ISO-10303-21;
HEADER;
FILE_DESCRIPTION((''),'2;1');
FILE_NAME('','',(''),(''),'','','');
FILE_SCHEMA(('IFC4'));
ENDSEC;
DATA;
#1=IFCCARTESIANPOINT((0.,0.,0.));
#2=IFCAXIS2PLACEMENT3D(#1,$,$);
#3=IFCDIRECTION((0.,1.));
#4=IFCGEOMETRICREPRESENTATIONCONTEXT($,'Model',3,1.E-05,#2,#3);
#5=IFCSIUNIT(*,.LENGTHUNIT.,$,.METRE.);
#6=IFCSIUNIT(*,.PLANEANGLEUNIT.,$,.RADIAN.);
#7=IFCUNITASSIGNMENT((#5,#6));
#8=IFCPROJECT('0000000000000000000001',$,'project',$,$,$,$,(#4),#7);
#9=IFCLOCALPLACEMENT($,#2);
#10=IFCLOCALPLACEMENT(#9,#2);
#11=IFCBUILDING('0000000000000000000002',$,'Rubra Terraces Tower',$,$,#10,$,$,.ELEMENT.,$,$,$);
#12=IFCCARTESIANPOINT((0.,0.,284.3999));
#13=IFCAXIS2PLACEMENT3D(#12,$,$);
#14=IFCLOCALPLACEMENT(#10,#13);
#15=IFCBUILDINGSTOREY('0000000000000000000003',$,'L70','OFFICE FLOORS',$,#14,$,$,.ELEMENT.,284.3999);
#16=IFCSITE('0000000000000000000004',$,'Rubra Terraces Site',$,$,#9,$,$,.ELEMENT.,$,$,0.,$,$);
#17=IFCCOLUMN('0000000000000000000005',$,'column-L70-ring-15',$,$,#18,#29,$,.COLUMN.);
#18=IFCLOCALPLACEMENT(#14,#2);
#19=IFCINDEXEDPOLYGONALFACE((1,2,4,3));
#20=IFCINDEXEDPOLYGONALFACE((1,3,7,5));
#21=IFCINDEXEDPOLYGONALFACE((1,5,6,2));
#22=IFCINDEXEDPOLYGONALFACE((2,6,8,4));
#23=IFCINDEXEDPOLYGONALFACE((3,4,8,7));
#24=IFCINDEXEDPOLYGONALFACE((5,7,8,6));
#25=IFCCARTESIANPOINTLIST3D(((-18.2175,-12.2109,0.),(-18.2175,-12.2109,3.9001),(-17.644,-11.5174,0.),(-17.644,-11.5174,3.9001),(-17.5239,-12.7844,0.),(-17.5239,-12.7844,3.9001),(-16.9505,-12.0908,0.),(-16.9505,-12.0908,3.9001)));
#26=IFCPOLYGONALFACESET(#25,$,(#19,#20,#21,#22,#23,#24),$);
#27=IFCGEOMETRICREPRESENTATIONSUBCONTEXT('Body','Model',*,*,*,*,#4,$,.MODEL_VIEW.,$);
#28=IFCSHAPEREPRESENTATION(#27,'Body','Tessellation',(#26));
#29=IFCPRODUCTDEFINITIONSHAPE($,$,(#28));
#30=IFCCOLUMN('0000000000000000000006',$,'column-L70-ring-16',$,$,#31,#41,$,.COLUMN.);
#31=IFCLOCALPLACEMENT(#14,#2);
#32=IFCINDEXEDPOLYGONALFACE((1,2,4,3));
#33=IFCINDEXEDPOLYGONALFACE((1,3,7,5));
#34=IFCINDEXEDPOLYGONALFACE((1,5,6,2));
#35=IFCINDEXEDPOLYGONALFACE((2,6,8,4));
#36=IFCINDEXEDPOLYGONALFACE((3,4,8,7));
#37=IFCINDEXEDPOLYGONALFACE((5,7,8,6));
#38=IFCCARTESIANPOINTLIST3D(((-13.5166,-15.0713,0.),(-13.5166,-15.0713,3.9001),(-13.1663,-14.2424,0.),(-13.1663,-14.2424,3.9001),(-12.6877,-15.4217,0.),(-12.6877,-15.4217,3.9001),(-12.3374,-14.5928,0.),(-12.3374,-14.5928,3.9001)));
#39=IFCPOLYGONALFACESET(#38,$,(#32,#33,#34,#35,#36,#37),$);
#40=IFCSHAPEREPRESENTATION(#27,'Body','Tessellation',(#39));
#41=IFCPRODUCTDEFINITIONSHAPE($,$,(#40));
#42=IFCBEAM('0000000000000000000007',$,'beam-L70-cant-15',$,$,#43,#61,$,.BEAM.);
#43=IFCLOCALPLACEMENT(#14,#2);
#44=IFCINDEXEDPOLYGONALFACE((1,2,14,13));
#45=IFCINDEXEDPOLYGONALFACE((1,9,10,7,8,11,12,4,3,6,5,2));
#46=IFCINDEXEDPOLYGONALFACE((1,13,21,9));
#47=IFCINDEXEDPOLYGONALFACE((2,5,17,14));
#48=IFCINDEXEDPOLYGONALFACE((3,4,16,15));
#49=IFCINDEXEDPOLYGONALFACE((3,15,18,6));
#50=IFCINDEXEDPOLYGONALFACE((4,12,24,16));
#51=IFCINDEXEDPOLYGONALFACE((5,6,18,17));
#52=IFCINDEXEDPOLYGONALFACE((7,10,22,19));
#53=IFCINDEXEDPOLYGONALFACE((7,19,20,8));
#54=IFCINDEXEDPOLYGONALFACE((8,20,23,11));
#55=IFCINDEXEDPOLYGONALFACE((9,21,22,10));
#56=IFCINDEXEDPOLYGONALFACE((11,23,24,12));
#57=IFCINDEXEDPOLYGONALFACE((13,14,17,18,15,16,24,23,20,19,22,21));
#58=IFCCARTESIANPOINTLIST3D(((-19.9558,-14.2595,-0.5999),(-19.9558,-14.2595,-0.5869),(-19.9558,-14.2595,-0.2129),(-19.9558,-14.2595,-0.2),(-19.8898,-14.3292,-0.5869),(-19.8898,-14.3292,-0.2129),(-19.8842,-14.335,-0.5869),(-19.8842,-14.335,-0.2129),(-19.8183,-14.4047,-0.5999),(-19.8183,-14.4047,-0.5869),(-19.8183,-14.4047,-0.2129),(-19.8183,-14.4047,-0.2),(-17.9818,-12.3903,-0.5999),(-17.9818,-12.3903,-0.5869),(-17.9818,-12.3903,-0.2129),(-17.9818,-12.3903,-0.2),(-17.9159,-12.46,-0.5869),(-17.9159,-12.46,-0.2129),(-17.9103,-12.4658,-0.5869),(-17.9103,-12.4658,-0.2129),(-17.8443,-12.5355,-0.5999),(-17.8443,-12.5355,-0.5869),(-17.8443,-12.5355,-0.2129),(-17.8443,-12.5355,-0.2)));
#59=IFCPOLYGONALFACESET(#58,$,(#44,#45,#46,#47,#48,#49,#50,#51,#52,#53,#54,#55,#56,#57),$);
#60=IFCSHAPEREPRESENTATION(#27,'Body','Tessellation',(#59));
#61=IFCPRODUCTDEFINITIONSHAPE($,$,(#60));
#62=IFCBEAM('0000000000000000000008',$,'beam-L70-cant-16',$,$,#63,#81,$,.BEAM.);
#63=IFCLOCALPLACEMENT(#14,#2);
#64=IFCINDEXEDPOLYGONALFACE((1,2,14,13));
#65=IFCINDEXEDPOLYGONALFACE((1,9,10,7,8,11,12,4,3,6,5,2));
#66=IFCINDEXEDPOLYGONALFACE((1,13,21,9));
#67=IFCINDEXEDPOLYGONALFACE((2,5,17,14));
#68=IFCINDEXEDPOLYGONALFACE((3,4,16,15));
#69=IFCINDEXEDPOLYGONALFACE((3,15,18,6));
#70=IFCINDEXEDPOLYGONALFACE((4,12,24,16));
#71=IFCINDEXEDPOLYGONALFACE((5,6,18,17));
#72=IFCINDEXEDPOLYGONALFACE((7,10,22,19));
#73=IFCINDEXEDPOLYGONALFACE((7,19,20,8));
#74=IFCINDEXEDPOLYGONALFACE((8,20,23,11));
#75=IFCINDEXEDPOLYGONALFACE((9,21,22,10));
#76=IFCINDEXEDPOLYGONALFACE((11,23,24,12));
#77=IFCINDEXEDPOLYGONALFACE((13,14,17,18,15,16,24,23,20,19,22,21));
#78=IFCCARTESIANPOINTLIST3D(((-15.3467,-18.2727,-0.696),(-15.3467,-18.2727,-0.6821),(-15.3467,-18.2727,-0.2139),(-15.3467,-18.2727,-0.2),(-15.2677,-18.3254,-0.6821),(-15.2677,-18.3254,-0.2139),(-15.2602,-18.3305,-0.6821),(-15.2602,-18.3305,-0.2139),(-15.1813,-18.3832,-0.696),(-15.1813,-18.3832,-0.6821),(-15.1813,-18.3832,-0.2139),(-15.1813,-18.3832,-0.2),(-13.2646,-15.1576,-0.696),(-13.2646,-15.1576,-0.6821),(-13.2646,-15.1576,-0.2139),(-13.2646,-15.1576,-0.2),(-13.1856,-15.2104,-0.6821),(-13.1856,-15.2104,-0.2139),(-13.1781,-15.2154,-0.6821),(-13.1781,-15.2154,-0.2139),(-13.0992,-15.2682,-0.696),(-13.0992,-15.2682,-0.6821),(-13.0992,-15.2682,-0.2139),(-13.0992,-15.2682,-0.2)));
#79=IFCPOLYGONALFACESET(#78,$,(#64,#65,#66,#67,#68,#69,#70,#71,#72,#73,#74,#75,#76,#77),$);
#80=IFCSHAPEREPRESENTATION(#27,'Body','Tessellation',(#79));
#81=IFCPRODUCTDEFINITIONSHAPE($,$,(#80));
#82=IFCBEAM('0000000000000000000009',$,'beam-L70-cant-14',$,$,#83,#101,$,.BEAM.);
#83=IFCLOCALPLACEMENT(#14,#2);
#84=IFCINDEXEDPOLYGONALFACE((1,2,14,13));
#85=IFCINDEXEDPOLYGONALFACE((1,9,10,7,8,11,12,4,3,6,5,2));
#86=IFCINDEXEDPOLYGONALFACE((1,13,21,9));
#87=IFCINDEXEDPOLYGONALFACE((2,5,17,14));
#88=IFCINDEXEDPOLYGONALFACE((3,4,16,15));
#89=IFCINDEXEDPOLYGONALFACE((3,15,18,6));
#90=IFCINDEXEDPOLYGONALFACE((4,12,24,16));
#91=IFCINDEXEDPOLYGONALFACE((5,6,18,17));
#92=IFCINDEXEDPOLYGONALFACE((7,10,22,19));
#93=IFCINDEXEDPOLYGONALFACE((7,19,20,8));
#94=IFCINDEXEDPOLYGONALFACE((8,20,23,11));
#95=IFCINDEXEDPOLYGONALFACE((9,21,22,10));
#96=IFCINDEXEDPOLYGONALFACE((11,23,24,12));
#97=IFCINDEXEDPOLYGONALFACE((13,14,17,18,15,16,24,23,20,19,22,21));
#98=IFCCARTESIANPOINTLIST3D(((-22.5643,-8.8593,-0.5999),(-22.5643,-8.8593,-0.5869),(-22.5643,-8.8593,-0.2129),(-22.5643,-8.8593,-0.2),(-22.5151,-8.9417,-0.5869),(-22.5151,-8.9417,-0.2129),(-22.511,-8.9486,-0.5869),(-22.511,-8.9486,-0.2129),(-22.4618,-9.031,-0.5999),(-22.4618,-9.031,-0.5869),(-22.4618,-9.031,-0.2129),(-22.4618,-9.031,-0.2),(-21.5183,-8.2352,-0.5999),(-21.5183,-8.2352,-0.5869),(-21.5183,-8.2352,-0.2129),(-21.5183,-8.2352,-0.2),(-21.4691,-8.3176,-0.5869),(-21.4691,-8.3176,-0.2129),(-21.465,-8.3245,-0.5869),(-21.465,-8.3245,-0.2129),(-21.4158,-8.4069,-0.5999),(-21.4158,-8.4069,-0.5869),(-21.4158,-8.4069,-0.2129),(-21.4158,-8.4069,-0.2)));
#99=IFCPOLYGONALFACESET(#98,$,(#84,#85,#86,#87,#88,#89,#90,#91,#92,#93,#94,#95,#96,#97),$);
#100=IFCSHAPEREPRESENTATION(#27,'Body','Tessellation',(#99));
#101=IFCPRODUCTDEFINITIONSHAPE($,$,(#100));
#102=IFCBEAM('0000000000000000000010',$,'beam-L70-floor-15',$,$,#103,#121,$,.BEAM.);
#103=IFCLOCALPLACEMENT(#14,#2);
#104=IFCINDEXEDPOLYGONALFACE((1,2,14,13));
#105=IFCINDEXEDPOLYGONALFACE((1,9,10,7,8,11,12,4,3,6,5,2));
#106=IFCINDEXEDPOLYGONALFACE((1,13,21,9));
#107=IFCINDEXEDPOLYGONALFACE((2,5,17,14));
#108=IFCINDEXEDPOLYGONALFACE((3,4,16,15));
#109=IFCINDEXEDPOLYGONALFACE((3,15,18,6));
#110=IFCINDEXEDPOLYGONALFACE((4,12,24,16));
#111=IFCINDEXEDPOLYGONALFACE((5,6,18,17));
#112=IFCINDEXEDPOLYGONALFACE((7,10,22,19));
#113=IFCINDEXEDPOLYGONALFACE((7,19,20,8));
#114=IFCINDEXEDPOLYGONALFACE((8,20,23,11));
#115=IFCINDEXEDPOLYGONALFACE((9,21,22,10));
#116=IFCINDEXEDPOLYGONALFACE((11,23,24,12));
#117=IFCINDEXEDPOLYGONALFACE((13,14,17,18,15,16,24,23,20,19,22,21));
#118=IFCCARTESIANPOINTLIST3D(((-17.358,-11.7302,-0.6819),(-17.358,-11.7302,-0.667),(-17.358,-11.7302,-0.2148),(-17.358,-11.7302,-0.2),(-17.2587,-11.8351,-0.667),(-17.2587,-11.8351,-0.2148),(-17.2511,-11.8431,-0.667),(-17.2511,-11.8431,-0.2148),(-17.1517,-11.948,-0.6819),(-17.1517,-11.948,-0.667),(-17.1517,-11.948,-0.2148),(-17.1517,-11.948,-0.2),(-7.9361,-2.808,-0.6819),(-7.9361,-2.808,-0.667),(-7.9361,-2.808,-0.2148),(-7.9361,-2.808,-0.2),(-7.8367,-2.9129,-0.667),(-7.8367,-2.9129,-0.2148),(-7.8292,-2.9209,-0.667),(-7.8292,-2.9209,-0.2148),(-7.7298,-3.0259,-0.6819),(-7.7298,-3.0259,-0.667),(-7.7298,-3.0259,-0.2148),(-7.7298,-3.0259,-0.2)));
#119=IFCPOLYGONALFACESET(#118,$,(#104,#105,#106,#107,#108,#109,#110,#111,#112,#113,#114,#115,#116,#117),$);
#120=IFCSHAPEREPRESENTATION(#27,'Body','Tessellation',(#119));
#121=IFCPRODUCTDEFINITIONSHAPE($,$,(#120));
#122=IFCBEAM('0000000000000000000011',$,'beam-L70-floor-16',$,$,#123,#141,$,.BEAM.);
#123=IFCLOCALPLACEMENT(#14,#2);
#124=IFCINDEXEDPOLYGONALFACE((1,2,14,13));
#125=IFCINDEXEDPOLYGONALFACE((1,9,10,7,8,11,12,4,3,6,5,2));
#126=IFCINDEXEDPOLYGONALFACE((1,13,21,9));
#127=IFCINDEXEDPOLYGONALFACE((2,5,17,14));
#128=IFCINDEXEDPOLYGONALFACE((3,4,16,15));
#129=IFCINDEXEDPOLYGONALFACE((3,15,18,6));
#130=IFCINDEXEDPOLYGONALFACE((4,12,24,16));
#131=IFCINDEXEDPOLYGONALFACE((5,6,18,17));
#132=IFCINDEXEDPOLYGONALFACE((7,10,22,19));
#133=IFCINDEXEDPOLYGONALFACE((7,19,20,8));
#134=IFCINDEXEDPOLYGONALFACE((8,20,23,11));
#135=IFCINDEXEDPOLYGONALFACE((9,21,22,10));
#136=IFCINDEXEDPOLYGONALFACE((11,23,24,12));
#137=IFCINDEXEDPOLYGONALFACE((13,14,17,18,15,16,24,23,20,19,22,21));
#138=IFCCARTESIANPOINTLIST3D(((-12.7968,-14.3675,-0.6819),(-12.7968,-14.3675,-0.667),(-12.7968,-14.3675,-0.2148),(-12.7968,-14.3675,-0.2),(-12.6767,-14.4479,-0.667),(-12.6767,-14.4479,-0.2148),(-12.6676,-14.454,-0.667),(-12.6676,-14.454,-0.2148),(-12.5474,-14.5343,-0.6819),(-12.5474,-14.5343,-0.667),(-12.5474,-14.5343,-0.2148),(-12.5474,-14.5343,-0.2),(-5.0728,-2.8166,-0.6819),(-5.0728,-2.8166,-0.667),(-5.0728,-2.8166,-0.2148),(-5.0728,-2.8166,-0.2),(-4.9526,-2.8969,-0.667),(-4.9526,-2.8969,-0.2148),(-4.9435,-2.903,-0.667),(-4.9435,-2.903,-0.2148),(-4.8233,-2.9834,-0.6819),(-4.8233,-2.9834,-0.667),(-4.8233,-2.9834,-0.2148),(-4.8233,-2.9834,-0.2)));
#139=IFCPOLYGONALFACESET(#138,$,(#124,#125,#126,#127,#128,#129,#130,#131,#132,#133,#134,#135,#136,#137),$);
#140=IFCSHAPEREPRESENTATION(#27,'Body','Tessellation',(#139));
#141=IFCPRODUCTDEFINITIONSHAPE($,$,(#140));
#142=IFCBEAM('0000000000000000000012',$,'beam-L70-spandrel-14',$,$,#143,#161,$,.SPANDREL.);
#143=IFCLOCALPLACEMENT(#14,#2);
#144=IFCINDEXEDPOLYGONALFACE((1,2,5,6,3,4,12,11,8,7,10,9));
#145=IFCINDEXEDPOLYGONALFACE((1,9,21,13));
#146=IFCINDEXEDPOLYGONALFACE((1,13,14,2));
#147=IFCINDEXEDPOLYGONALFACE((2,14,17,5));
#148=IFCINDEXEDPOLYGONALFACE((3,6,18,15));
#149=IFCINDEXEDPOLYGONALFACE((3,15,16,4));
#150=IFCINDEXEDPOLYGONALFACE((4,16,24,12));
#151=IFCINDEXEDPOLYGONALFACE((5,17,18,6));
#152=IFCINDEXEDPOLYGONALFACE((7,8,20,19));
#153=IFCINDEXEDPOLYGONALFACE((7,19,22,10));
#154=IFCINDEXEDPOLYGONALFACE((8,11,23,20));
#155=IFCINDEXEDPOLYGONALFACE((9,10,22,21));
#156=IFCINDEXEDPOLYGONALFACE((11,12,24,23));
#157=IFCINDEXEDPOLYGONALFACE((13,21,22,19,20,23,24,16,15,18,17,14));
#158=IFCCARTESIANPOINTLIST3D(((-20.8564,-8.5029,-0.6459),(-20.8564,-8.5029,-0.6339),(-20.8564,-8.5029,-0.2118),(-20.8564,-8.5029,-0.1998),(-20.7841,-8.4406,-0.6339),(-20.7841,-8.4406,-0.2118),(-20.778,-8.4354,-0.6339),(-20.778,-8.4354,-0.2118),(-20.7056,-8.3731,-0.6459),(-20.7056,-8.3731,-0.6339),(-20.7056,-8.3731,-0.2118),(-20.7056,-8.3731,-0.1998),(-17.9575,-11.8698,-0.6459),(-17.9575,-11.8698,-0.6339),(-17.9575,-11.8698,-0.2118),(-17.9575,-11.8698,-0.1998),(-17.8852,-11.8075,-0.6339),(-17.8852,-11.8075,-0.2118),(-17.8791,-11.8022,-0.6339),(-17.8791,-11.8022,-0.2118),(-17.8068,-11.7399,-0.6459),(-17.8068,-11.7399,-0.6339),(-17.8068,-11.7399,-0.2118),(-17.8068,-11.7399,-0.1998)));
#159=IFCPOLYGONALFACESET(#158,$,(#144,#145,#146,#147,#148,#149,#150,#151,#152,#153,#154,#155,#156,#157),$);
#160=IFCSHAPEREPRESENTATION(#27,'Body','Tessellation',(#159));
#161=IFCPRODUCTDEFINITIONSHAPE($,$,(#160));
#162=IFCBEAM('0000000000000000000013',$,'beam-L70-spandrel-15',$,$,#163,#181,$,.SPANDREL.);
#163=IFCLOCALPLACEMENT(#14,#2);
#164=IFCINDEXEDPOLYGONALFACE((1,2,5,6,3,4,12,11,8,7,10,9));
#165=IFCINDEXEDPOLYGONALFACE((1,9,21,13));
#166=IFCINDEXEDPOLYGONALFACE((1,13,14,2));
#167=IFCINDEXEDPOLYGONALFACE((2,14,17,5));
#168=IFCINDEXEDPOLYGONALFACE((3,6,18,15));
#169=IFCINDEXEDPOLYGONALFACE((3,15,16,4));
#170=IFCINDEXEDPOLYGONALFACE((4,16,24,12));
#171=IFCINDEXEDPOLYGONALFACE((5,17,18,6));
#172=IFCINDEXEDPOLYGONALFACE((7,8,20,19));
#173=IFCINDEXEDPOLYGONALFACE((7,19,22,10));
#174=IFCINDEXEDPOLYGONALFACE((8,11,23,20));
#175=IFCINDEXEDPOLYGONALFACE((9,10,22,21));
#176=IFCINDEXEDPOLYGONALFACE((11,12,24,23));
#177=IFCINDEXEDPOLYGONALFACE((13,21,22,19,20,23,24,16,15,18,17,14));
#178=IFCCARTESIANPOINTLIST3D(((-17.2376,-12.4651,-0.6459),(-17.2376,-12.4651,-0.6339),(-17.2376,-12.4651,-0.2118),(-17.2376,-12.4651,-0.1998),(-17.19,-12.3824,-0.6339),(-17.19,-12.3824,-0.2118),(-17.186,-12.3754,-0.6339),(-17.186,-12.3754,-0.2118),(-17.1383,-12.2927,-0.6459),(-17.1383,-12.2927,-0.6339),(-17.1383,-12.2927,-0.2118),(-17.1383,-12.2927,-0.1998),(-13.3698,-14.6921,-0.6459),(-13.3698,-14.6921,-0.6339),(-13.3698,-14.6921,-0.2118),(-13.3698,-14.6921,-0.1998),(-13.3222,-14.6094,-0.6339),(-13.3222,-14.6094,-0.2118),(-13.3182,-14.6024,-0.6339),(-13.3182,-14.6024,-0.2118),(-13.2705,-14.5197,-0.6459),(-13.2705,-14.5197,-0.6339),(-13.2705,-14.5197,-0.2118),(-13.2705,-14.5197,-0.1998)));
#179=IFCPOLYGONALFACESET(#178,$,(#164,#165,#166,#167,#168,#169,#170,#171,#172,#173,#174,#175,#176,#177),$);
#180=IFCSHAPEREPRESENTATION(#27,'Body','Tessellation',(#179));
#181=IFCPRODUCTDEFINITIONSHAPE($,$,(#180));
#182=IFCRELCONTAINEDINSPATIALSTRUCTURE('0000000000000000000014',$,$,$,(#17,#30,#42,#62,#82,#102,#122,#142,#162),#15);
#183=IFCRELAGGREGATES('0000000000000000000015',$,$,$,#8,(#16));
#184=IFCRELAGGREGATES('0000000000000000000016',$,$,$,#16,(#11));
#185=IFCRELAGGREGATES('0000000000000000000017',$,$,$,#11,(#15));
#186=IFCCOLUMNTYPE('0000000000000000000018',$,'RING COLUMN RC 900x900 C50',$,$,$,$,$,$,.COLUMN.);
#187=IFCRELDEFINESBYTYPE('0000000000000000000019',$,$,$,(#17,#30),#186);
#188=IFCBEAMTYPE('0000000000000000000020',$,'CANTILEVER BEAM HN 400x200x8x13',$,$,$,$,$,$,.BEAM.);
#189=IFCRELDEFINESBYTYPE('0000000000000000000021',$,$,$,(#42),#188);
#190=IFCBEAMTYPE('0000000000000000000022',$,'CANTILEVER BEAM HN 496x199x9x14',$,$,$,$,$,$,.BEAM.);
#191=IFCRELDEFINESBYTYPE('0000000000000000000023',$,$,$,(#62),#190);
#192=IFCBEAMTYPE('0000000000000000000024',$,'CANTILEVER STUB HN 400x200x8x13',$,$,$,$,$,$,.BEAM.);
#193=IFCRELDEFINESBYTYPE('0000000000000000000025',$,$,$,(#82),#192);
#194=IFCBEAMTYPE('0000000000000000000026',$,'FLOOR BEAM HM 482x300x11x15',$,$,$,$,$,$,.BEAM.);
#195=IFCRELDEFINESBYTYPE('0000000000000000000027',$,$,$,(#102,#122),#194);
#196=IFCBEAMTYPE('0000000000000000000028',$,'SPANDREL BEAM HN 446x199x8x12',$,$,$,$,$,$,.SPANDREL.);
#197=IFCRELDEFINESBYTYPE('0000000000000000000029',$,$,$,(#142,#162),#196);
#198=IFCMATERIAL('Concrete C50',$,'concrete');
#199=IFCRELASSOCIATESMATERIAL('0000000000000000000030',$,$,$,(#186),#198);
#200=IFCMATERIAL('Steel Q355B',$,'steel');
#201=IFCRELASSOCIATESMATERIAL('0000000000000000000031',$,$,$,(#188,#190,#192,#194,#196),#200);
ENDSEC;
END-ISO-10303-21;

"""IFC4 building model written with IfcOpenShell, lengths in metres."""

from ifc_helpers import new_model, si_unit, direction, frame, origin, origin_2d, place, context, subcontext, project, spatial, rectangle, i_section, extrude, material, material_profile, profile_set, type_object, element, save


model = new_model("IFC4")

# Units and contexts
model_context = context("Model", 3, precision=1e-05, world=origin(), true_north=direction((0.0, 1.0)))
body_context = subcontext(model_context, "Body", "Model", "MODEL_VIEW")
ifc_project = project(units=[si_unit("LENGTHUNIT", "METRE"), si_unit("PLANEANGLEUNIT", "RADIAN")], contexts=[model_context])

# Site, building, storey
site_placement = place(None, origin())
site = spatial("IfcSite", under=ifc_project, at=site_placement, Name="Rubra Terraces Site", CompositionType="ELEMENT", RefElevation=0.0)
building_placement = place(site_placement, origin())
building = spatial("IfcBuilding", under=site, at=building_placement, Name="Rubra Terraces Tower", CompositionType="ELEMENT")
storey_placement = place(building_placement, frame((0.0, 0.0, 284.3999)))
storey = spatial("IfcBuildingStorey", under=building, at=storey_placement, Name="L70", Description="OFFICE FLOORS", CompositionType="ELEMENT", Elevation=284.3999)

# Columns
ifc_material_1 = material(Name="Concrete C50", Category="concrete")
ifc_material_profile_1 = material_profile(ifc_material_1, rectangle(XDim=0.8999, YDim=0.8999, at=origin_2d()), Name="RC 900x900")
ifc_profile_set_1 = profile_set([ifc_material_profile_1], Name="Concrete C50")
column_type = type_object("IfcColumnType", Name="RING COLUMN RC 900x900 C50", PredefinedType="COLUMN", material=ifc_profile_set_1)
for number, where, z_axis, x_axis, name in (
    (1, (-17.584, -12.1509, 0.0), (0.0, 0.0, 1.0), (0.770679, -0.637223, 0.0), "column-L70-ring-15"),
    (2, (-12.927, -14.832, 0.0), (0.0, 0.0, 1.0), (0.921106, -0.389313, 0.0), "column-L70-ring-16"),
):
    element("IfcColumn", number, at=place(storey_placement, frame(where, z_axis=z_axis, x_axis=x_axis)), inside=storey, type_object=column_type, Name=name, PredefinedType="COLUMN", context=body_context, shape_type="SweptSolid", body=[
        extrude(rectangle(XDim=0.8999, YDim=0.8999, at=origin_2d()), origin(), (0.0, 0.0, 1.0), 3.9001),
    ])

# Beams
ifc_material_2 = material(Name="Steel Q355B", Category="steel")
ifc_material_profile_2 = material_profile(ifc_material_2, i_section(OverallWidth=0.2, OverallDepth=0.3999, WebThickness=0.0081, FlangeThickness=0.0129, at=origin_2d()), Name="HN 400x200x8x13")
ifc_profile_set_2 = profile_set([ifc_material_profile_2], Name="Steel Q355B")
beam_type_1 = type_object("IfcBeamType", Name="CANTILEVER BEAM HN 400x200x8x13", PredefinedType="BEAM", material=ifc_profile_set_2)
beam_1_placement = place(storey_placement, frame((-17.9131, -12.4629, -0.3999), z_axis=(-0.726108, -0.68758, 0.0), x_axis=(0.68758, -0.726108, 0.0)))
element("IfcBeam", 3, at=beam_1_placement, inside=storey, type_object=beam_type_1, Name="beam-L70-cant-15", PredefinedType="BEAM", context=body_context, shape_type="SweptSolid", body=[
    extrude(i_section(OverallWidth=0.2, OverallDepth=0.3999, WebThickness=0.0081, FlangeThickness=0.0129, at=origin_2d()), origin(), (0.0, 0.0, 1.0), 2.7185),
])
ifc_material_profile_3 = material_profile(ifc_material_2, i_section(OverallWidth=0.199, OverallDepth=0.4961, WebThickness=0.009, FlangeThickness=0.0139, at=origin_2d()), Name="HN 496x199x9x14")
ifc_profile_set_3 = profile_set([ifc_material_profile_3], Name="Steel Q355B")
beam_type_2 = type_object("IfcBeamType", Name="CANTILEVER BEAM HN 496x199x9x14", PredefinedType="BEAM", material=ifc_profile_set_3)
beam_2_placement = place(storey_placement, frame((-13.1819, -15.2129, -0.448), z_axis=(-0.555692, -0.831388, 0.0), x_axis=(0.831388, -0.555692, 0.0)))
element("IfcBeam", 4, at=beam_2_placement, inside=storey, type_object=beam_type_2, Name="beam-L70-cant-16", PredefinedType="BEAM", context=body_context, shape_type="SweptSolid", body=[
    extrude(i_section(OverallWidth=0.199, OverallDepth=0.4961, WebThickness=0.009, FlangeThickness=0.0139, at=origin_2d()), origin(), (0.0, 0.0, 1.0), 3.7468),
])
ifc_material_profile_4 = material_profile(ifc_material_2, i_section(OverallWidth=0.2, OverallDepth=0.3999, WebThickness=0.0081, FlangeThickness=0.0129, at=origin_2d()), Name="HN 400x200x8x13")
ifc_profile_set_4 = profile_set([ifc_material_profile_4], Name="Steel Q355B")
beam_type_3 = type_object("IfcBeamType", Name="CANTILEVER STUB HN 400x200x8x13", PredefinedType="BEAM", material=ifc_profile_set_4)
beam_3_placement = place(storey_placement, frame((-21.467, -8.321, -0.3999), z_axis=(-0.858764, -0.512372, 0.0), x_axis=(0.512372, -0.858764, 0.0)))
element("IfcBeam", 5, at=beam_3_placement, inside=storey, type_object=beam_type_3, Name="beam-L70-cant-14", PredefinedType="BEAM", context=body_context, shape_type="SweptSolid", body=[
    extrude(i_section(OverallWidth=0.2, OverallDepth=0.3999, WebThickness=0.0081, FlangeThickness=0.0129, at=origin_2d()), origin(), (0.0, 0.0, 1.0), 1.218),
])
ifc_material_profile_5 = material_profile(ifc_material_2, i_section(OverallWidth=0.3, OverallDepth=0.4819, WebThickness=0.011, FlangeThickness=0.0149, at=origin_2d()), Name="HM 482x300x11x15")
ifc_profile_set_5 = profile_set([ifc_material_profile_5], Name="Steel Q355B")
beam_type_4 = type_object("IfcBeamType", Name="FLOOR BEAM HM 482x300x11x15", PredefinedType="BEAM", material=ifc_profile_set_5)
beam_4_placement = place(storey_placement, frame((-17.2549, -11.8391, -0.4409), z_axis=(0.726101, 0.687588, 0.0), x_axis=(-0.687588, 0.726101, 0.0)))
element("IfcBeam", 6, at=beam_4_placement, inside=storey, type_object=beam_type_4, Name="beam-L70-floor-15", PredefinedType="BEAM", context=body_context, shape_type="SweptSolid", body=[
    extrude(i_section(OverallWidth=0.3, OverallDepth=0.4819, WebThickness=0.011, FlangeThickness=0.0149, at=origin_2d()), origin(), (0.0, 0.0, 1.0), 12.9761),
])
beam_5_placement = place(storey_placement, frame((-12.6721, -14.4509, -0.4409), z_axis=(0.555867, 0.831271, 0.0), x_axis=(-0.831271, 0.555867, 0.0)))
element("IfcBeam", 7, at=beam_5_placement, inside=storey, type_object=beam_type_4, Name="beam-L70-floor-16", PredefinedType="BEAM", context=body_context, shape_type="SweptSolid", body=[
    extrude(i_section(OverallWidth=0.3, OverallDepth=0.4819, WebThickness=0.011, FlangeThickness=0.0149, at=origin_2d()), origin(), (0.0, 0.0, 1.0), 13.8955),
])
ifc_material_profile_6 = material_profile(ifc_material_2, i_section(OverallWidth=0.199, OverallDepth=0.446, WebThickness=0.0081, FlangeThickness=0.012, at=origin_2d()), Name="HN 446x199x8x12")
ifc_profile_set_6 = profile_set([ifc_material_profile_6], Name="Steel Q355B")
beam_type_5 = type_object("IfcBeamType", Name="SPANDREL BEAM HN 446x199x8x12", PredefinedType="SPANDREL", material=ifc_profile_set_6)
beam_6_placement = place(storey_placement, frame((-20.781, -8.438, -0.4229), z_axis=(0.652473, -0.757812, 0.0), x_axis=(0.757812, 0.652473, 0.0)))
element("IfcBeam", 8, at=beam_6_placement, inside=storey, type_object=beam_type_5, Name="beam-L70-spandrel-14", PredefinedType="SPANDREL", context=body_context, shape_type="SweptSolid", body=[
    extrude(i_section(OverallWidth=0.199, OverallDepth=0.446, WebThickness=0.0081, FlangeThickness=0.012, at=origin_2d()), origin(), (0.0, 0.0, 1.0), 4.4429),
])
beam_7_placement = place(storey_placement, frame((-17.188, -12.3789, -0.4229), z_axis=(0.866616, -0.498976, 0.0), x_axis=(0.498976, 0.866616, 0.0)))
element("IfcBeam", 9, at=beam_7_placement, inside=storey, type_object=beam_type_5, Name="beam-L70-spandrel-15", PredefinedType="SPANDREL", context=body_context, shape_type="SweptSolid", body=[
    extrude(i_section(OverallWidth=0.199, OverallDepth=0.446, WebThickness=0.0081, FlangeThickness=0.012, at=origin_2d()), origin(), (0.0, 0.0, 1.0), 4.4631),
])

save(model, "model.ifc")
